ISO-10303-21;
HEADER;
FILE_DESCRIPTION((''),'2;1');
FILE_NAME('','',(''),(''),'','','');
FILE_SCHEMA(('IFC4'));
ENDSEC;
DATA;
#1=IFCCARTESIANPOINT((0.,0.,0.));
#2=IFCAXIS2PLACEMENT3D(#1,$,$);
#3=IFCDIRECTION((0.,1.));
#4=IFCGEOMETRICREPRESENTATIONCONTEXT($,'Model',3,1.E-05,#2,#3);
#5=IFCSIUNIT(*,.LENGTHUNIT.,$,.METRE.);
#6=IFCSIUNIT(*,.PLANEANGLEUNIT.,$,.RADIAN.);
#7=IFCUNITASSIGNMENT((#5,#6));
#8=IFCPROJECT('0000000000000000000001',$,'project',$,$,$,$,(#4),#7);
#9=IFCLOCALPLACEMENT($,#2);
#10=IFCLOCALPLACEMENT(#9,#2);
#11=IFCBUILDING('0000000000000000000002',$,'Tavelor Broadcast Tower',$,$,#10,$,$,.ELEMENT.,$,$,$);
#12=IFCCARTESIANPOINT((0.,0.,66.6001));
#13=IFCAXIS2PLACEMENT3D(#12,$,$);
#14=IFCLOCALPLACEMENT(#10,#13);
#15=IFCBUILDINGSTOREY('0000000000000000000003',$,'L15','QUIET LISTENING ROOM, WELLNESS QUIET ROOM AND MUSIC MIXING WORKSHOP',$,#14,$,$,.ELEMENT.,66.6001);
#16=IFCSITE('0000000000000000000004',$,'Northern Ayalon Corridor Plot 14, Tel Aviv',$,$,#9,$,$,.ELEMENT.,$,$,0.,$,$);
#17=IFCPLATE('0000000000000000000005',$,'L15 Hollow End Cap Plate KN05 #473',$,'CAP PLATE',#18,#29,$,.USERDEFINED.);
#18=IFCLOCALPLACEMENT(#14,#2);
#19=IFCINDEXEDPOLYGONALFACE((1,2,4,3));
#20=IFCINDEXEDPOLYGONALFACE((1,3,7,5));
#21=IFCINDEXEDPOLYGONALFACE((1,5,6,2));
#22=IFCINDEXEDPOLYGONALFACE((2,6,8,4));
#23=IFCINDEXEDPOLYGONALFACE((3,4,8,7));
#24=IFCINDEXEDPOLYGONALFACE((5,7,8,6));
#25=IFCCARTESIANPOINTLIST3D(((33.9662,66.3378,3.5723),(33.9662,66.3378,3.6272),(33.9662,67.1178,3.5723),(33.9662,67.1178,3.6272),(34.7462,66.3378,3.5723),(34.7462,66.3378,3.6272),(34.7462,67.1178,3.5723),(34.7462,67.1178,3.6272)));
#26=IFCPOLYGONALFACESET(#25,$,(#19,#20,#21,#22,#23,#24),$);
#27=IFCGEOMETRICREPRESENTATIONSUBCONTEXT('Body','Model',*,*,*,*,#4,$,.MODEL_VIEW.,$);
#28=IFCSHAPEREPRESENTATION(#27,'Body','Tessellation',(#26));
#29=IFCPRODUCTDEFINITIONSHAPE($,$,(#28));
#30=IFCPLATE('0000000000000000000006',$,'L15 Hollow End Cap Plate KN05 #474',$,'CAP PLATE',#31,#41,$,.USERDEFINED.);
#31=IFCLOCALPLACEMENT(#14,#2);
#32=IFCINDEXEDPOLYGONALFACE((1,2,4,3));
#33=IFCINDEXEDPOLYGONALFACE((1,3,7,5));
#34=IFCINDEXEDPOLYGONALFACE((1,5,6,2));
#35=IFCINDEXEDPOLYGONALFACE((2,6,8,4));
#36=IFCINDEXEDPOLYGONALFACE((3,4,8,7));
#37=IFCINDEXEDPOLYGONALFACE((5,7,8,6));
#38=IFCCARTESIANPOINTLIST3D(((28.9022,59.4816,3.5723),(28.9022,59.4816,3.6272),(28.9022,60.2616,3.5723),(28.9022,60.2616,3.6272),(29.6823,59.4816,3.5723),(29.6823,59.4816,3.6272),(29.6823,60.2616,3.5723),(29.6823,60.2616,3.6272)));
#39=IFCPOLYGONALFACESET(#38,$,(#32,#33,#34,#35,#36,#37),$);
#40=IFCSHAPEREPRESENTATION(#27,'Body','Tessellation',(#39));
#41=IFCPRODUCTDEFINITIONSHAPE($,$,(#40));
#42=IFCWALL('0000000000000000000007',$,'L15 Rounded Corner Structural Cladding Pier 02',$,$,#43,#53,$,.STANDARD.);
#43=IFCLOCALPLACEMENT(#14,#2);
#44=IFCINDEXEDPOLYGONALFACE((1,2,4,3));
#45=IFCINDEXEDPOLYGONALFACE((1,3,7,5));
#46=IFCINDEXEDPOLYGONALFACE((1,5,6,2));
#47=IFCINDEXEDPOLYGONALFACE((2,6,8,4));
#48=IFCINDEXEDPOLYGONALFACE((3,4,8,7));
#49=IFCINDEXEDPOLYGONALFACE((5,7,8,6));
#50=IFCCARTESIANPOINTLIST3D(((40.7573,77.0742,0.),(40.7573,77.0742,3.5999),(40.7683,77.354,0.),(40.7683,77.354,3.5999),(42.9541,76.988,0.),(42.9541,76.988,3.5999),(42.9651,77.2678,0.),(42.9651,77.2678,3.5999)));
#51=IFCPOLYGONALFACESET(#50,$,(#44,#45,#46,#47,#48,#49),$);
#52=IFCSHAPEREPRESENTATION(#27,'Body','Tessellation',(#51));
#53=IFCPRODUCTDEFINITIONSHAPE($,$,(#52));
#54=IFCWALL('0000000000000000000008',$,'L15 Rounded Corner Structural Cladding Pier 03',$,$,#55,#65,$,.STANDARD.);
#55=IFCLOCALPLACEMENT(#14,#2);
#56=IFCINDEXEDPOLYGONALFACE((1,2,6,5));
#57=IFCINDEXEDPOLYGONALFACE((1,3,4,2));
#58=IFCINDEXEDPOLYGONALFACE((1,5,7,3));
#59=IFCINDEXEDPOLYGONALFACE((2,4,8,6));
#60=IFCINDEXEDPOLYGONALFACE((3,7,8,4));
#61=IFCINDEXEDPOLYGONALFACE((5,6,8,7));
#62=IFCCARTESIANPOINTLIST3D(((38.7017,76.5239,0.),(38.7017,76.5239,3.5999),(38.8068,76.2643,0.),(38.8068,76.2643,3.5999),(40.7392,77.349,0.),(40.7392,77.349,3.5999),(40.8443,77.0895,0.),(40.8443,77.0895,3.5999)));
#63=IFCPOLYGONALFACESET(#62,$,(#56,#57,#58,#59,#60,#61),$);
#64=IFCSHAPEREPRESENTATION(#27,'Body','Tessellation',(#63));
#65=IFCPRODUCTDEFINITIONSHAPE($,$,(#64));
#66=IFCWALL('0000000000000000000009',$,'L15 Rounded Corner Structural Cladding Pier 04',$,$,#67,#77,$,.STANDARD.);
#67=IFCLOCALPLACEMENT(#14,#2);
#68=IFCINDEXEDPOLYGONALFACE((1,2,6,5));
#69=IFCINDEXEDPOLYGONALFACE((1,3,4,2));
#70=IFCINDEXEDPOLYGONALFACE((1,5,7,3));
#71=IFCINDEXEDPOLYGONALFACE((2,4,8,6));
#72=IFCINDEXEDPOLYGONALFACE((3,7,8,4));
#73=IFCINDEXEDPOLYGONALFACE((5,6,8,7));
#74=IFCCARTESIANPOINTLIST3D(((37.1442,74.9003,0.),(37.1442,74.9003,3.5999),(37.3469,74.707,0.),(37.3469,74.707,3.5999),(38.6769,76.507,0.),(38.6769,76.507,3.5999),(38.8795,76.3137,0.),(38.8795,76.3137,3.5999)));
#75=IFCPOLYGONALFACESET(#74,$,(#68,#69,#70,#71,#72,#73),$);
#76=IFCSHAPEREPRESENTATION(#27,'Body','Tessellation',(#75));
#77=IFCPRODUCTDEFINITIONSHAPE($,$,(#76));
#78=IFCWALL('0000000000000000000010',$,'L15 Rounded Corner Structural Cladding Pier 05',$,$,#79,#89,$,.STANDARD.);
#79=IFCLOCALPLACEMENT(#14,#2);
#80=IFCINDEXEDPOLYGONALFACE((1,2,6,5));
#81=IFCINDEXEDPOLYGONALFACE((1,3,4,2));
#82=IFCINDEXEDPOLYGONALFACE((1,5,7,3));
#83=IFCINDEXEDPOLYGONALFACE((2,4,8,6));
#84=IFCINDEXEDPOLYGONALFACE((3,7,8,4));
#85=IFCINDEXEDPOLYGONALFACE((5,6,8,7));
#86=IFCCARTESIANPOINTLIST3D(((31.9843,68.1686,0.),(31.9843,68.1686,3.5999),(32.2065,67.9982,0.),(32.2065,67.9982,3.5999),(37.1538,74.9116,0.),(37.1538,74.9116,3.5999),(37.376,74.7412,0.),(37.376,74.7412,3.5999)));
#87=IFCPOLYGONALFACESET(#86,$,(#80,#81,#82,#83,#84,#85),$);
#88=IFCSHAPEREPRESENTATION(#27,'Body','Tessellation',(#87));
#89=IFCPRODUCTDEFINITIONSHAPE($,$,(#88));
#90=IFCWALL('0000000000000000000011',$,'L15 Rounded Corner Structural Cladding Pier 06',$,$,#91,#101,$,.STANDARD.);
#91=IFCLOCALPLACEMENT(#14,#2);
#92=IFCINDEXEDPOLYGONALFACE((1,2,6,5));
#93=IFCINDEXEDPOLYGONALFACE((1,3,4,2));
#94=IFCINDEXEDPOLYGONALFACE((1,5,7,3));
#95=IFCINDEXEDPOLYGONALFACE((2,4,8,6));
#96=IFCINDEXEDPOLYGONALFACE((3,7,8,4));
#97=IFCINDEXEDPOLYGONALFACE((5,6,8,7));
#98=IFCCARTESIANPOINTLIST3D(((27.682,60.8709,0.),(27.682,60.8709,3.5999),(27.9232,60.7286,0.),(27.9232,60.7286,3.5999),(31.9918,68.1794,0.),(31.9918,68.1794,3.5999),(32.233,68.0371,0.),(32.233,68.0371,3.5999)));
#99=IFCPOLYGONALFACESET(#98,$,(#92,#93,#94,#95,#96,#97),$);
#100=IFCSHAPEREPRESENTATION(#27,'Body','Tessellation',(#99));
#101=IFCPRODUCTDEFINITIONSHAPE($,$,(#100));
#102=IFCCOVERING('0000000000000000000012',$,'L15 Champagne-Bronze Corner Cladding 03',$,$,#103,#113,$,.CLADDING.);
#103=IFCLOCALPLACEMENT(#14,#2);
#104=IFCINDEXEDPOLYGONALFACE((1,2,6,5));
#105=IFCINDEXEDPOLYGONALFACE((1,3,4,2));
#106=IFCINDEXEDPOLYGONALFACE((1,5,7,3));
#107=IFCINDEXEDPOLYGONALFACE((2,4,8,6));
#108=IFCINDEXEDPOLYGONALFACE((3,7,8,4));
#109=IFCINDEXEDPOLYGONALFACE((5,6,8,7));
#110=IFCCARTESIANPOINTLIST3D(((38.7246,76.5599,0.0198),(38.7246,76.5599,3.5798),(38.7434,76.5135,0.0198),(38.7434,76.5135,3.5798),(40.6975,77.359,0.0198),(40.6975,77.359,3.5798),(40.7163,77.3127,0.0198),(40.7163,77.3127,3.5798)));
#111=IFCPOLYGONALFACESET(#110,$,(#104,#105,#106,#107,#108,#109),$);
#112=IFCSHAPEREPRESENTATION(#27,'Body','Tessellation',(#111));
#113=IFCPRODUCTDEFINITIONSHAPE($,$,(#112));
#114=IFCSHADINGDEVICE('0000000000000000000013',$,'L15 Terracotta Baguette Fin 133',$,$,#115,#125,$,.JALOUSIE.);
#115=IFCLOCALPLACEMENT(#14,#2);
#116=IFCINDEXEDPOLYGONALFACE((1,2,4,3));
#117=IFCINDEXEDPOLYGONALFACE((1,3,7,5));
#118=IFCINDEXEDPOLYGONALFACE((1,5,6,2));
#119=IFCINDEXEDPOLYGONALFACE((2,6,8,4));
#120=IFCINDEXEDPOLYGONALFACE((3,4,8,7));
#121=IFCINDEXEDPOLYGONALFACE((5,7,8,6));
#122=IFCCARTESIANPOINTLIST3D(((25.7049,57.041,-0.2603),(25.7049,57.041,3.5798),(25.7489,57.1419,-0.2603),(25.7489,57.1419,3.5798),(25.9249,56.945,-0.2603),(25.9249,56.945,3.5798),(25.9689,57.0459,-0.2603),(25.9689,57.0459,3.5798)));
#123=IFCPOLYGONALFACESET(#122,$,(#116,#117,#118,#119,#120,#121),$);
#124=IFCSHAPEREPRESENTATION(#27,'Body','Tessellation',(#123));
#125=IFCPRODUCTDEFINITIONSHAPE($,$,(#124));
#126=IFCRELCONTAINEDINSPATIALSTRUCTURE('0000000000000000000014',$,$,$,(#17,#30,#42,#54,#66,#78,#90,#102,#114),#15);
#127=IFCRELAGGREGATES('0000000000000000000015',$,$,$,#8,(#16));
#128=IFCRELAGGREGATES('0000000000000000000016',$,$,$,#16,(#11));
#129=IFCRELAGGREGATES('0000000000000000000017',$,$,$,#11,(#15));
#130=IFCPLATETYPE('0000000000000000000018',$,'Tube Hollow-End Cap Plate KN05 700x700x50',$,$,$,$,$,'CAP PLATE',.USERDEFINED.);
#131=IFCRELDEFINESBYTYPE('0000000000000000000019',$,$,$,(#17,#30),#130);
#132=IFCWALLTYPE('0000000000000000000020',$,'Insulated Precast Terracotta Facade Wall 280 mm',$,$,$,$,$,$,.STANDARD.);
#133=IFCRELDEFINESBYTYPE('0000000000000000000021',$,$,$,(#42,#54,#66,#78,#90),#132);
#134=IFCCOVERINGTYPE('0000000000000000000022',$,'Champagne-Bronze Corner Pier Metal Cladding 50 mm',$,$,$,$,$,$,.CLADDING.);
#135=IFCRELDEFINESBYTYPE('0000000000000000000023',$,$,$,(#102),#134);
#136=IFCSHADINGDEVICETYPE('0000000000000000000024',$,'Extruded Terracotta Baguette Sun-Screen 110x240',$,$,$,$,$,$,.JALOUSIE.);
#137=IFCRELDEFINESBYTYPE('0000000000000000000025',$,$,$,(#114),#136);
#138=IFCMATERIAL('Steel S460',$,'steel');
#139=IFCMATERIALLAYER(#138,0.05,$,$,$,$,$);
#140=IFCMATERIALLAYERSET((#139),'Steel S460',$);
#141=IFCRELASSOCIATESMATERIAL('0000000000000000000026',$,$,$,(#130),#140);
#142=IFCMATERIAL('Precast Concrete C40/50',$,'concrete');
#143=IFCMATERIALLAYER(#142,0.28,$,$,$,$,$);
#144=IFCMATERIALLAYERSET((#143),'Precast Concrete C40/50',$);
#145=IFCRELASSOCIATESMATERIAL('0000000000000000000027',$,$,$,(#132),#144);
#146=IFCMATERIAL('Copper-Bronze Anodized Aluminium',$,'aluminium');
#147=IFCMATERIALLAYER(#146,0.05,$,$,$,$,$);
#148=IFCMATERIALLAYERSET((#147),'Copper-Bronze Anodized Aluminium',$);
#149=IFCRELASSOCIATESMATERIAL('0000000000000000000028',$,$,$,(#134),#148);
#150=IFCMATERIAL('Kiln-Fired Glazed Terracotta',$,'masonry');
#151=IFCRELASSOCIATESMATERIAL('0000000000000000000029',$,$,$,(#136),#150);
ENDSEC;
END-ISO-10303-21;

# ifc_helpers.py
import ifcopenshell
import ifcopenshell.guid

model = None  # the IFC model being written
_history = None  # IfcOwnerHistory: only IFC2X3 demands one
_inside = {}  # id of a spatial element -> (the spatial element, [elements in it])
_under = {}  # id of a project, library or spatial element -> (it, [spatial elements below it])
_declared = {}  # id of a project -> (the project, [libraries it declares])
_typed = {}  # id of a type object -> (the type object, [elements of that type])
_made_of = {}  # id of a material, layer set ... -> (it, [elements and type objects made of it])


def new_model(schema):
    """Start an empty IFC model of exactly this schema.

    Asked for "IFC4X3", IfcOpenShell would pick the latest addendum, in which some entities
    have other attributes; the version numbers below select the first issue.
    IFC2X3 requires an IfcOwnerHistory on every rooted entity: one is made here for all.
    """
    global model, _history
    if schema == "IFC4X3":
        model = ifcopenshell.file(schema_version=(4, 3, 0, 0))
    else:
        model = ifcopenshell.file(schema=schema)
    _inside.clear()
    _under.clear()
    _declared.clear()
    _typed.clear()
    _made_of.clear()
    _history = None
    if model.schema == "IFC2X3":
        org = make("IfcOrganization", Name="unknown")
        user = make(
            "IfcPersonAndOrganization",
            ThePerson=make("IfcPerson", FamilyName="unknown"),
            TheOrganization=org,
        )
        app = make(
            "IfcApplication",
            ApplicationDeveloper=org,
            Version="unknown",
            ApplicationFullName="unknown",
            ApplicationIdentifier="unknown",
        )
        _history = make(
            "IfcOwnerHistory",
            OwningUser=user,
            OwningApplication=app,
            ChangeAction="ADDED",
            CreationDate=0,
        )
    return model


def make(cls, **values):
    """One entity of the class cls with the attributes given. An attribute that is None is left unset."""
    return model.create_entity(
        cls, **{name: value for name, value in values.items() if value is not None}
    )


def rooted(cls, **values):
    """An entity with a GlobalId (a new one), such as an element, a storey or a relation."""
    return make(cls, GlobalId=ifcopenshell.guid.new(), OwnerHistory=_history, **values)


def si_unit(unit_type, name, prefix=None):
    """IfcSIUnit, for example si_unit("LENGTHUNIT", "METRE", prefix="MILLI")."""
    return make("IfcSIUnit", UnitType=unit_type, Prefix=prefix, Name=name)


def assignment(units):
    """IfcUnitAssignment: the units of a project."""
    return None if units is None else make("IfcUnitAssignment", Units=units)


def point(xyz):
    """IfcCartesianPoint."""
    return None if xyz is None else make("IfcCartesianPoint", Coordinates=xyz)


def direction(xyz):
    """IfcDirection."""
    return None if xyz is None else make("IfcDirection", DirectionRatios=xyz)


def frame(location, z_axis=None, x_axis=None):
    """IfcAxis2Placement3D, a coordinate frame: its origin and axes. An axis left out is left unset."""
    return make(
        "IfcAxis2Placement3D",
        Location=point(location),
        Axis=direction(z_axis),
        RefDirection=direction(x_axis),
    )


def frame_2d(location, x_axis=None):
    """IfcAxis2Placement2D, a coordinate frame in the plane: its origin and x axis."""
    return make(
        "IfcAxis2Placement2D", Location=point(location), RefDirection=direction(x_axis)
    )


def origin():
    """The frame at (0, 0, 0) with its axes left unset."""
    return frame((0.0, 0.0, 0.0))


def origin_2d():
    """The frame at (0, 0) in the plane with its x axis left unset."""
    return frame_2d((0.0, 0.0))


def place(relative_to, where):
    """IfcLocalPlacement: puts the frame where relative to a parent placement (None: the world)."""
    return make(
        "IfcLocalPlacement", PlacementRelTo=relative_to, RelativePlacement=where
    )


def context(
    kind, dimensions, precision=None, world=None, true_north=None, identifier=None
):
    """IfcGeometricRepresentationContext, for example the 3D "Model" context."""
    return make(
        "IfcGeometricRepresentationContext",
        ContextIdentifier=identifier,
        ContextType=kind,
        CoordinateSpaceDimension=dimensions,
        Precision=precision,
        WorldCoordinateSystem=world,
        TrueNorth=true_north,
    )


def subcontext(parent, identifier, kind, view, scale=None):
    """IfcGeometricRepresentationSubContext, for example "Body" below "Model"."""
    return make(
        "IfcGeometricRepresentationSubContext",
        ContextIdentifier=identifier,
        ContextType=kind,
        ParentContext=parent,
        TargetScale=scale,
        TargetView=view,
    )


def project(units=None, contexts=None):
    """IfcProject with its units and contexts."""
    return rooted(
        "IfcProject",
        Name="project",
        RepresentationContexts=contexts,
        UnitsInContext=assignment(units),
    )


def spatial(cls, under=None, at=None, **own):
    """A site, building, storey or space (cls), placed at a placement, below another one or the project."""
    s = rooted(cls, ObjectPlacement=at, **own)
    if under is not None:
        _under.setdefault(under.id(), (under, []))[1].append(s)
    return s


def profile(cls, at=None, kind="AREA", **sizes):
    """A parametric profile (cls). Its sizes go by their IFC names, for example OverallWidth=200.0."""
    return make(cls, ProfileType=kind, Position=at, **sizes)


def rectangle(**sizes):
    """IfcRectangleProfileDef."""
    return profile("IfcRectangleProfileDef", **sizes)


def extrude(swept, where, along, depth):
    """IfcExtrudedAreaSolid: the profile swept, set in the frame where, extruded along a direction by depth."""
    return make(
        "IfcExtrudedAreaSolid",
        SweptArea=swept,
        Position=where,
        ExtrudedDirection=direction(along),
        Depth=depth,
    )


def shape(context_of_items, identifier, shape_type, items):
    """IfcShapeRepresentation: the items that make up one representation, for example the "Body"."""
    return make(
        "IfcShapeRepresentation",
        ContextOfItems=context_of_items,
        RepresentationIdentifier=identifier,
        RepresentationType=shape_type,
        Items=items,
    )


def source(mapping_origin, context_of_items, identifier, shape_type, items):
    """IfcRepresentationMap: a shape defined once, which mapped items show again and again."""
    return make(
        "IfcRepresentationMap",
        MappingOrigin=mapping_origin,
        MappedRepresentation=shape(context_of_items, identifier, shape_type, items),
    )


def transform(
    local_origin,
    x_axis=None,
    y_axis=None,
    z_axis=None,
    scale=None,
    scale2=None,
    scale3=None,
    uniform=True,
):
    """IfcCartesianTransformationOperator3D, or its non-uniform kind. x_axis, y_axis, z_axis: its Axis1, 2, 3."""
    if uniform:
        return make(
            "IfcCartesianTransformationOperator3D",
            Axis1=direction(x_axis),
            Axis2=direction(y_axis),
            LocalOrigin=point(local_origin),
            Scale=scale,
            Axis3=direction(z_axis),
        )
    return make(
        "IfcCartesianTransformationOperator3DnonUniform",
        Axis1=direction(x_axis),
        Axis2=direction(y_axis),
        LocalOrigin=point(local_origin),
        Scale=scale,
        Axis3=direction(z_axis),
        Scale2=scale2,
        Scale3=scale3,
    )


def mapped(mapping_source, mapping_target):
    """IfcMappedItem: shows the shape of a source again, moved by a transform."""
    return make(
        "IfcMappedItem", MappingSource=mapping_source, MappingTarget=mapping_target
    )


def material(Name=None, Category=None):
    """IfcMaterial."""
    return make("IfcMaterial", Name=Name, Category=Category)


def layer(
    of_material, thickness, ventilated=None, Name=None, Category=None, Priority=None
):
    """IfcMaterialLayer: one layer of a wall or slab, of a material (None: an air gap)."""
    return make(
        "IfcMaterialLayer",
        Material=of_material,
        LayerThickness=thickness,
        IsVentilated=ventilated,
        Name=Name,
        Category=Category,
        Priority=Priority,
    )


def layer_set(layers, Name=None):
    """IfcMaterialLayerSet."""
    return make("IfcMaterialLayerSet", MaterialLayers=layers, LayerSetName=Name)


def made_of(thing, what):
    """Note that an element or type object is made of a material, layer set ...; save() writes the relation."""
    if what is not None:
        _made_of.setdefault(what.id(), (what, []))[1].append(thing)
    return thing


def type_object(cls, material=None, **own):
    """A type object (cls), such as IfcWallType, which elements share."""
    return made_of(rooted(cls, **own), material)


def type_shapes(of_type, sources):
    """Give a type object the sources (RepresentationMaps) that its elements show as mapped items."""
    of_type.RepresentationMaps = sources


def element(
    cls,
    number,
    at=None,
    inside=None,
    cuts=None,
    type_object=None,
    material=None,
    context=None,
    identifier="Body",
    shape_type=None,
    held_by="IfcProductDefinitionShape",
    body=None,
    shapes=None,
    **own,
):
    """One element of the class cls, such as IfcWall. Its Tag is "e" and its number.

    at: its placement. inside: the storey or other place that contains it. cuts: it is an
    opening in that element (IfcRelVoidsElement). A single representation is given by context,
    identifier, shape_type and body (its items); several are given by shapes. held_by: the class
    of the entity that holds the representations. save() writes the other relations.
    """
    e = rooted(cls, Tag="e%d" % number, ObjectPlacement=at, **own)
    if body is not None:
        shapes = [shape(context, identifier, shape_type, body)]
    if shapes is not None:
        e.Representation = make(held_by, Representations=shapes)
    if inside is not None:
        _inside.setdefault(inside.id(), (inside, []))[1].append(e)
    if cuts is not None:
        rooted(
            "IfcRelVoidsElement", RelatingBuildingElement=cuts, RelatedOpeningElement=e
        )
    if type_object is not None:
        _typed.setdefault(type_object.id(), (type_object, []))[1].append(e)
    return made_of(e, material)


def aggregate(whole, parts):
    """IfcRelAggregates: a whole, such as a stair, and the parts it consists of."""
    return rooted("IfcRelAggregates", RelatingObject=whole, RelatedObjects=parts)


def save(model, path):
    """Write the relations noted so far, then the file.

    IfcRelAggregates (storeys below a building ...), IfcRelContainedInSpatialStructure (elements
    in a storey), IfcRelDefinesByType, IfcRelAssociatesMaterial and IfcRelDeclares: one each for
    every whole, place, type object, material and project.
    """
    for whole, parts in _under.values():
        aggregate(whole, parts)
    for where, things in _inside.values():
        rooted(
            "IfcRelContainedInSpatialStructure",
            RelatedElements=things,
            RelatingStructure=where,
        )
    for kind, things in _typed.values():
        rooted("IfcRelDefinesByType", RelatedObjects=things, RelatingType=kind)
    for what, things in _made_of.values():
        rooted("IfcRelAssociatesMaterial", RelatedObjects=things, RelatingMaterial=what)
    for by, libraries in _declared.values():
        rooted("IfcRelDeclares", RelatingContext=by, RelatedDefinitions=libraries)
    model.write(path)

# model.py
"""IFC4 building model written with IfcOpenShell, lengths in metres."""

from ifc_helpers import new_model, si_unit, direction, frame, frame_2d, origin, origin_2d, place, context, subcontext, project, spatial, rectangle, extrude, source, transform, mapped, material, layer, layer_set, type_object, type_shapes, element, save


model = new_model("IFC4")

# Units and contexts
model_context = context("Model", 3, precision=1e-05, world=origin(), true_north=direction((0.0, 1.0)))
body_context = subcontext(model_context, "Body", "Model", "MODEL_VIEW")
ifc_project = project(units=[si_unit("LENGTHUNIT", "METRE"), si_unit("PLANEANGLEUNIT", "RADIAN")], contexts=[model_context])

# Site, building, storey
site_placement = place(None, origin())
site = spatial("IfcSite", under=ifc_project, at=site_placement, Name="Northern Ayalon Corridor Plot 14, Tel Aviv", CompositionType="ELEMENT", RefElevation=0.0)
building_placement = place(site_placement, origin())
building = spatial("IfcBuilding", under=site, at=building_placement, Name="Tavelor Broadcast Tower", CompositionType="ELEMENT")
storey_placement = place(building_placement, frame((0.0, 0.0, 66.6001)))
storey = spatial("IfcBuildingStorey", under=building, at=storey_placement, Name="L15", Description="QUIET LISTENING ROOM, WELLNESS QUIET ROOM AND MUSIC MIXING WORKSHOP", CompositionType="ELEMENT", Elevation=66.6001)

# Shared definitions
ifc_material_1 = material(Name="Steel S460", Category="steel")

# Plates
ifc_layer_1 = layer(ifc_material_1, 0.05)
ifc_layer_set_1 = layer_set([ifc_layer_1], Name="Steel S460")
plate_type = type_object("IfcPlateType", Name="Tube Hollow-End Cap Plate KN05 700x700x50", ElementType="CAP PLATE", PredefinedType="USERDEFINED", material=ifc_layer_set_1)
shared_shape_1 = source(origin(), body_context, "Body", "SweptSolid", [
    extrude(rectangle(XDim=0.78, YDim=0.78, at=origin_2d()), origin(), (0.0, 0.0, 1.0), 0.0549),
])
for number, where, z_axis, x_axis, name in (
    (1, (34.3562, 66.7278, 3.5723), (0.0, 0.0, 1.0), (1.0, 0.0, 0.0), "L15 Hollow End Cap Plate KN05 #473"),
    (2, (29.2922, 59.8716, 3.5723), (0.0, 0.0, 1.0), (1.0, 0.0, 0.0), "L15 Hollow End Cap Plate KN05 #474"),
):
    element("IfcPlate", number, at=place(storey_placement, frame(where, z_axis=z_axis, x_axis=x_axis)), inside=storey, type_object=plate_type, Name=name, ObjectType="CAP PLATE", PredefinedType="USERDEFINED", context=body_context, shape_type="MappedRepresentation", body=[
        mapped(shared_shape_1, transform((0.0, 0.0, 0.0), scale=1.0)),
    ])

# Walls
ifc_material_2 = material(Name="Precast Concrete C40/50", Category="concrete")
ifc_layer_2 = layer(ifc_material_2, 0.28)
ifc_layer_set_2 = layer_set([ifc_layer_2], Name="Precast Concrete C40/50")
wall_type = type_object("IfcWallType", Name="Insulated Precast Terracotta Facade Wall 280 mm", PredefinedType="STANDARD", material=ifc_layer_set_2)
wall_1_placement = place(storey_placement, frame((42.9595, 77.1279, 0.0), z_axis=(0.0, 0.0, 1.0), x_axis=(-0.999231, 0.039201, 0.0)))
element("IfcWall", 3, at=wall_1_placement, inside=storey, type_object=wall_type, Name="L15 Rounded Corner Structural Cladding Pier 02", PredefinedType="STANDARD", context=body_context, shape_type="SweptSolid", body=[
    extrude(rectangle(XDim=2.1985, YDim=0.28, at=frame_2d((1.0991, 0.0))), origin(), (0.0, 0.0, 1.0), 3.5999),
])
wall_2_placement = place(storey_placement, frame((40.7917, 77.2192, 0.0), z_axis=(0.0, 0.0, 1.0), x_axis=(-0.926875, -0.37537, 0.0)))
element("IfcWall", 4, at=wall_2_placement, inside=storey, type_object=wall_type, Name="L15 Rounded Corner Structural Cladding Pier 03", PredefinedType="STANDARD", context=body_context, shape_type="SweptSolid", body=[
    extrude(rectangle(XDim=2.1982, YDim=0.28, at=frame_2d((1.0991, 0.0))), origin(), (0.0, 0.0, 1.0), 3.5999),
])
wall_3_placement = place(storey_placement, frame((38.7783, 76.4104, 0.0), z_axis=(0.0, 0.0, 1.0), x_axis=(-0.690253, -0.723568, 0.0)))
element("IfcWall", 5, at=wall_3_placement, inside=storey, type_object=wall_type, Name="L15 Rounded Corner Structural Cladding Pier 04", PredefinedType="STANDARD", context=body_context, shape_type="SweptSolid", body=[
    extrude(rectangle(XDim=2.2205, YDim=0.28, at=frame_2d((1.1104, 0.0))), origin(), (0.0, 0.0, 1.0), 3.5999),
])
wall_4_placement = place(storey_placement, frame((37.2649, 74.8264, 0.0), z_axis=(0.0, 0.0, 1.0), x_axis=(-0.608421, -0.793614, 0.0)))
element("IfcWall", 6, at=wall_4_placement, inside=storey, type_object=wall_type, Name="L15 Rounded Corner Structural Cladding Pier 05", PredefinedType="STANDARD", context=body_context, shape_type="SweptSolid", body=[
    extrude(rectangle(XDim=8.4966, YDim=0.28, at=frame_2d((4.2483, 0.0))), origin(), (0.0, 0.0, 1.0), 3.5999),
])
wall_5_placement = place(storey_placement, frame((32.1123, 68.1082, 0.0), z_axis=(0.0, 0.0, 1.0), x_axis=(-0.507952, -0.861386, 0.0)))
element("IfcWall", 7, at=wall_5_placement, inside=storey, type_object=wall_type, Name="L15 Rounded Corner Structural Cladding Pier 06", PredefinedType="STANDARD", context=body_context, shape_type="SweptSolid", body=[
    extrude(rectangle(XDim=8.4846, YDim=0.28, at=frame_2d((4.2422, 0.0))), origin(), (0.0, 0.0, 1.0), 3.5999),
])

# Covering
ifc_material_3 = material(Name="Copper-Bronze Anodized Aluminium", Category="aluminium")
ifc_layer_3 = layer(ifc_material_3, 0.05)
ifc_layer_set_3 = layer_set([ifc_layer_3], Name="Copper-Bronze Anodized Aluminium")
covering_type = type_object("IfcCoveringType", Name="Champagne-Bronze Corner Pier Metal Cladding 50 mm", PredefinedType="CLADDING", material=ifc_layer_set_3)
covering_placement = place(storey_placement, frame((39.7205, 76.9363, 0.0198), z_axis=(0.0, 0.0, 1.0), x_axis=(-0.926857, -0.375416, 0.0)))
element("IfcCovering", 8, at=covering_placement, inside=storey, type_object=covering_type, Name="L15 Champagne-Bronze Corner Cladding 03", PredefinedType="CLADDING", context=body_context, shape_type="SweptSolid", body=[
    extrude(rectangle(XDim=2.1287, YDim=0.05, at=origin_2d()), origin(), (0.0, 0.0, 1.0), 3.5601),
])

# Shading device
ifc_material_4 = material(Name="Kiln-Fired Glazed Terracotta", Category="masonry")
shading_device_type = type_object("IfcShadingDeviceType", Name="Extruded Terracotta Baguette Sun-Screen 110x240", PredefinedType="JALOUSIE", material=ifc_material_4)
shared_shape_2 = source(origin(), body_context, "Body", "SweptSolid", [
    extrude(rectangle(XDim=0.1101, YDim=0.24, at=origin_2d()), origin(), (0.0, 0.0, 1.0), 3.8401),
])
type_shapes(shading_device_type, [shared_shape_2])
shading_device_placement = place(storey_placement, frame((25.8369, 57.0435, -0.2603), z_axis=(0.0, 0.0, 1.0), x_axis=(-0.399869, -0.916572, 0.0)))
element("IfcShadingDevice", 9, at=shading_device_placement, inside=storey, type_object=shading_device_type, Name="L15 Terracotta Baguette Fin 133", PredefinedType="JALOUSIE", context=body_context, shape_type="MappedRepresentation", body=[
    mapped(shared_shape_2, transform((0.0, 0.0, 0.0), scale=1.0)),
])

save(model, "model.ifc")
